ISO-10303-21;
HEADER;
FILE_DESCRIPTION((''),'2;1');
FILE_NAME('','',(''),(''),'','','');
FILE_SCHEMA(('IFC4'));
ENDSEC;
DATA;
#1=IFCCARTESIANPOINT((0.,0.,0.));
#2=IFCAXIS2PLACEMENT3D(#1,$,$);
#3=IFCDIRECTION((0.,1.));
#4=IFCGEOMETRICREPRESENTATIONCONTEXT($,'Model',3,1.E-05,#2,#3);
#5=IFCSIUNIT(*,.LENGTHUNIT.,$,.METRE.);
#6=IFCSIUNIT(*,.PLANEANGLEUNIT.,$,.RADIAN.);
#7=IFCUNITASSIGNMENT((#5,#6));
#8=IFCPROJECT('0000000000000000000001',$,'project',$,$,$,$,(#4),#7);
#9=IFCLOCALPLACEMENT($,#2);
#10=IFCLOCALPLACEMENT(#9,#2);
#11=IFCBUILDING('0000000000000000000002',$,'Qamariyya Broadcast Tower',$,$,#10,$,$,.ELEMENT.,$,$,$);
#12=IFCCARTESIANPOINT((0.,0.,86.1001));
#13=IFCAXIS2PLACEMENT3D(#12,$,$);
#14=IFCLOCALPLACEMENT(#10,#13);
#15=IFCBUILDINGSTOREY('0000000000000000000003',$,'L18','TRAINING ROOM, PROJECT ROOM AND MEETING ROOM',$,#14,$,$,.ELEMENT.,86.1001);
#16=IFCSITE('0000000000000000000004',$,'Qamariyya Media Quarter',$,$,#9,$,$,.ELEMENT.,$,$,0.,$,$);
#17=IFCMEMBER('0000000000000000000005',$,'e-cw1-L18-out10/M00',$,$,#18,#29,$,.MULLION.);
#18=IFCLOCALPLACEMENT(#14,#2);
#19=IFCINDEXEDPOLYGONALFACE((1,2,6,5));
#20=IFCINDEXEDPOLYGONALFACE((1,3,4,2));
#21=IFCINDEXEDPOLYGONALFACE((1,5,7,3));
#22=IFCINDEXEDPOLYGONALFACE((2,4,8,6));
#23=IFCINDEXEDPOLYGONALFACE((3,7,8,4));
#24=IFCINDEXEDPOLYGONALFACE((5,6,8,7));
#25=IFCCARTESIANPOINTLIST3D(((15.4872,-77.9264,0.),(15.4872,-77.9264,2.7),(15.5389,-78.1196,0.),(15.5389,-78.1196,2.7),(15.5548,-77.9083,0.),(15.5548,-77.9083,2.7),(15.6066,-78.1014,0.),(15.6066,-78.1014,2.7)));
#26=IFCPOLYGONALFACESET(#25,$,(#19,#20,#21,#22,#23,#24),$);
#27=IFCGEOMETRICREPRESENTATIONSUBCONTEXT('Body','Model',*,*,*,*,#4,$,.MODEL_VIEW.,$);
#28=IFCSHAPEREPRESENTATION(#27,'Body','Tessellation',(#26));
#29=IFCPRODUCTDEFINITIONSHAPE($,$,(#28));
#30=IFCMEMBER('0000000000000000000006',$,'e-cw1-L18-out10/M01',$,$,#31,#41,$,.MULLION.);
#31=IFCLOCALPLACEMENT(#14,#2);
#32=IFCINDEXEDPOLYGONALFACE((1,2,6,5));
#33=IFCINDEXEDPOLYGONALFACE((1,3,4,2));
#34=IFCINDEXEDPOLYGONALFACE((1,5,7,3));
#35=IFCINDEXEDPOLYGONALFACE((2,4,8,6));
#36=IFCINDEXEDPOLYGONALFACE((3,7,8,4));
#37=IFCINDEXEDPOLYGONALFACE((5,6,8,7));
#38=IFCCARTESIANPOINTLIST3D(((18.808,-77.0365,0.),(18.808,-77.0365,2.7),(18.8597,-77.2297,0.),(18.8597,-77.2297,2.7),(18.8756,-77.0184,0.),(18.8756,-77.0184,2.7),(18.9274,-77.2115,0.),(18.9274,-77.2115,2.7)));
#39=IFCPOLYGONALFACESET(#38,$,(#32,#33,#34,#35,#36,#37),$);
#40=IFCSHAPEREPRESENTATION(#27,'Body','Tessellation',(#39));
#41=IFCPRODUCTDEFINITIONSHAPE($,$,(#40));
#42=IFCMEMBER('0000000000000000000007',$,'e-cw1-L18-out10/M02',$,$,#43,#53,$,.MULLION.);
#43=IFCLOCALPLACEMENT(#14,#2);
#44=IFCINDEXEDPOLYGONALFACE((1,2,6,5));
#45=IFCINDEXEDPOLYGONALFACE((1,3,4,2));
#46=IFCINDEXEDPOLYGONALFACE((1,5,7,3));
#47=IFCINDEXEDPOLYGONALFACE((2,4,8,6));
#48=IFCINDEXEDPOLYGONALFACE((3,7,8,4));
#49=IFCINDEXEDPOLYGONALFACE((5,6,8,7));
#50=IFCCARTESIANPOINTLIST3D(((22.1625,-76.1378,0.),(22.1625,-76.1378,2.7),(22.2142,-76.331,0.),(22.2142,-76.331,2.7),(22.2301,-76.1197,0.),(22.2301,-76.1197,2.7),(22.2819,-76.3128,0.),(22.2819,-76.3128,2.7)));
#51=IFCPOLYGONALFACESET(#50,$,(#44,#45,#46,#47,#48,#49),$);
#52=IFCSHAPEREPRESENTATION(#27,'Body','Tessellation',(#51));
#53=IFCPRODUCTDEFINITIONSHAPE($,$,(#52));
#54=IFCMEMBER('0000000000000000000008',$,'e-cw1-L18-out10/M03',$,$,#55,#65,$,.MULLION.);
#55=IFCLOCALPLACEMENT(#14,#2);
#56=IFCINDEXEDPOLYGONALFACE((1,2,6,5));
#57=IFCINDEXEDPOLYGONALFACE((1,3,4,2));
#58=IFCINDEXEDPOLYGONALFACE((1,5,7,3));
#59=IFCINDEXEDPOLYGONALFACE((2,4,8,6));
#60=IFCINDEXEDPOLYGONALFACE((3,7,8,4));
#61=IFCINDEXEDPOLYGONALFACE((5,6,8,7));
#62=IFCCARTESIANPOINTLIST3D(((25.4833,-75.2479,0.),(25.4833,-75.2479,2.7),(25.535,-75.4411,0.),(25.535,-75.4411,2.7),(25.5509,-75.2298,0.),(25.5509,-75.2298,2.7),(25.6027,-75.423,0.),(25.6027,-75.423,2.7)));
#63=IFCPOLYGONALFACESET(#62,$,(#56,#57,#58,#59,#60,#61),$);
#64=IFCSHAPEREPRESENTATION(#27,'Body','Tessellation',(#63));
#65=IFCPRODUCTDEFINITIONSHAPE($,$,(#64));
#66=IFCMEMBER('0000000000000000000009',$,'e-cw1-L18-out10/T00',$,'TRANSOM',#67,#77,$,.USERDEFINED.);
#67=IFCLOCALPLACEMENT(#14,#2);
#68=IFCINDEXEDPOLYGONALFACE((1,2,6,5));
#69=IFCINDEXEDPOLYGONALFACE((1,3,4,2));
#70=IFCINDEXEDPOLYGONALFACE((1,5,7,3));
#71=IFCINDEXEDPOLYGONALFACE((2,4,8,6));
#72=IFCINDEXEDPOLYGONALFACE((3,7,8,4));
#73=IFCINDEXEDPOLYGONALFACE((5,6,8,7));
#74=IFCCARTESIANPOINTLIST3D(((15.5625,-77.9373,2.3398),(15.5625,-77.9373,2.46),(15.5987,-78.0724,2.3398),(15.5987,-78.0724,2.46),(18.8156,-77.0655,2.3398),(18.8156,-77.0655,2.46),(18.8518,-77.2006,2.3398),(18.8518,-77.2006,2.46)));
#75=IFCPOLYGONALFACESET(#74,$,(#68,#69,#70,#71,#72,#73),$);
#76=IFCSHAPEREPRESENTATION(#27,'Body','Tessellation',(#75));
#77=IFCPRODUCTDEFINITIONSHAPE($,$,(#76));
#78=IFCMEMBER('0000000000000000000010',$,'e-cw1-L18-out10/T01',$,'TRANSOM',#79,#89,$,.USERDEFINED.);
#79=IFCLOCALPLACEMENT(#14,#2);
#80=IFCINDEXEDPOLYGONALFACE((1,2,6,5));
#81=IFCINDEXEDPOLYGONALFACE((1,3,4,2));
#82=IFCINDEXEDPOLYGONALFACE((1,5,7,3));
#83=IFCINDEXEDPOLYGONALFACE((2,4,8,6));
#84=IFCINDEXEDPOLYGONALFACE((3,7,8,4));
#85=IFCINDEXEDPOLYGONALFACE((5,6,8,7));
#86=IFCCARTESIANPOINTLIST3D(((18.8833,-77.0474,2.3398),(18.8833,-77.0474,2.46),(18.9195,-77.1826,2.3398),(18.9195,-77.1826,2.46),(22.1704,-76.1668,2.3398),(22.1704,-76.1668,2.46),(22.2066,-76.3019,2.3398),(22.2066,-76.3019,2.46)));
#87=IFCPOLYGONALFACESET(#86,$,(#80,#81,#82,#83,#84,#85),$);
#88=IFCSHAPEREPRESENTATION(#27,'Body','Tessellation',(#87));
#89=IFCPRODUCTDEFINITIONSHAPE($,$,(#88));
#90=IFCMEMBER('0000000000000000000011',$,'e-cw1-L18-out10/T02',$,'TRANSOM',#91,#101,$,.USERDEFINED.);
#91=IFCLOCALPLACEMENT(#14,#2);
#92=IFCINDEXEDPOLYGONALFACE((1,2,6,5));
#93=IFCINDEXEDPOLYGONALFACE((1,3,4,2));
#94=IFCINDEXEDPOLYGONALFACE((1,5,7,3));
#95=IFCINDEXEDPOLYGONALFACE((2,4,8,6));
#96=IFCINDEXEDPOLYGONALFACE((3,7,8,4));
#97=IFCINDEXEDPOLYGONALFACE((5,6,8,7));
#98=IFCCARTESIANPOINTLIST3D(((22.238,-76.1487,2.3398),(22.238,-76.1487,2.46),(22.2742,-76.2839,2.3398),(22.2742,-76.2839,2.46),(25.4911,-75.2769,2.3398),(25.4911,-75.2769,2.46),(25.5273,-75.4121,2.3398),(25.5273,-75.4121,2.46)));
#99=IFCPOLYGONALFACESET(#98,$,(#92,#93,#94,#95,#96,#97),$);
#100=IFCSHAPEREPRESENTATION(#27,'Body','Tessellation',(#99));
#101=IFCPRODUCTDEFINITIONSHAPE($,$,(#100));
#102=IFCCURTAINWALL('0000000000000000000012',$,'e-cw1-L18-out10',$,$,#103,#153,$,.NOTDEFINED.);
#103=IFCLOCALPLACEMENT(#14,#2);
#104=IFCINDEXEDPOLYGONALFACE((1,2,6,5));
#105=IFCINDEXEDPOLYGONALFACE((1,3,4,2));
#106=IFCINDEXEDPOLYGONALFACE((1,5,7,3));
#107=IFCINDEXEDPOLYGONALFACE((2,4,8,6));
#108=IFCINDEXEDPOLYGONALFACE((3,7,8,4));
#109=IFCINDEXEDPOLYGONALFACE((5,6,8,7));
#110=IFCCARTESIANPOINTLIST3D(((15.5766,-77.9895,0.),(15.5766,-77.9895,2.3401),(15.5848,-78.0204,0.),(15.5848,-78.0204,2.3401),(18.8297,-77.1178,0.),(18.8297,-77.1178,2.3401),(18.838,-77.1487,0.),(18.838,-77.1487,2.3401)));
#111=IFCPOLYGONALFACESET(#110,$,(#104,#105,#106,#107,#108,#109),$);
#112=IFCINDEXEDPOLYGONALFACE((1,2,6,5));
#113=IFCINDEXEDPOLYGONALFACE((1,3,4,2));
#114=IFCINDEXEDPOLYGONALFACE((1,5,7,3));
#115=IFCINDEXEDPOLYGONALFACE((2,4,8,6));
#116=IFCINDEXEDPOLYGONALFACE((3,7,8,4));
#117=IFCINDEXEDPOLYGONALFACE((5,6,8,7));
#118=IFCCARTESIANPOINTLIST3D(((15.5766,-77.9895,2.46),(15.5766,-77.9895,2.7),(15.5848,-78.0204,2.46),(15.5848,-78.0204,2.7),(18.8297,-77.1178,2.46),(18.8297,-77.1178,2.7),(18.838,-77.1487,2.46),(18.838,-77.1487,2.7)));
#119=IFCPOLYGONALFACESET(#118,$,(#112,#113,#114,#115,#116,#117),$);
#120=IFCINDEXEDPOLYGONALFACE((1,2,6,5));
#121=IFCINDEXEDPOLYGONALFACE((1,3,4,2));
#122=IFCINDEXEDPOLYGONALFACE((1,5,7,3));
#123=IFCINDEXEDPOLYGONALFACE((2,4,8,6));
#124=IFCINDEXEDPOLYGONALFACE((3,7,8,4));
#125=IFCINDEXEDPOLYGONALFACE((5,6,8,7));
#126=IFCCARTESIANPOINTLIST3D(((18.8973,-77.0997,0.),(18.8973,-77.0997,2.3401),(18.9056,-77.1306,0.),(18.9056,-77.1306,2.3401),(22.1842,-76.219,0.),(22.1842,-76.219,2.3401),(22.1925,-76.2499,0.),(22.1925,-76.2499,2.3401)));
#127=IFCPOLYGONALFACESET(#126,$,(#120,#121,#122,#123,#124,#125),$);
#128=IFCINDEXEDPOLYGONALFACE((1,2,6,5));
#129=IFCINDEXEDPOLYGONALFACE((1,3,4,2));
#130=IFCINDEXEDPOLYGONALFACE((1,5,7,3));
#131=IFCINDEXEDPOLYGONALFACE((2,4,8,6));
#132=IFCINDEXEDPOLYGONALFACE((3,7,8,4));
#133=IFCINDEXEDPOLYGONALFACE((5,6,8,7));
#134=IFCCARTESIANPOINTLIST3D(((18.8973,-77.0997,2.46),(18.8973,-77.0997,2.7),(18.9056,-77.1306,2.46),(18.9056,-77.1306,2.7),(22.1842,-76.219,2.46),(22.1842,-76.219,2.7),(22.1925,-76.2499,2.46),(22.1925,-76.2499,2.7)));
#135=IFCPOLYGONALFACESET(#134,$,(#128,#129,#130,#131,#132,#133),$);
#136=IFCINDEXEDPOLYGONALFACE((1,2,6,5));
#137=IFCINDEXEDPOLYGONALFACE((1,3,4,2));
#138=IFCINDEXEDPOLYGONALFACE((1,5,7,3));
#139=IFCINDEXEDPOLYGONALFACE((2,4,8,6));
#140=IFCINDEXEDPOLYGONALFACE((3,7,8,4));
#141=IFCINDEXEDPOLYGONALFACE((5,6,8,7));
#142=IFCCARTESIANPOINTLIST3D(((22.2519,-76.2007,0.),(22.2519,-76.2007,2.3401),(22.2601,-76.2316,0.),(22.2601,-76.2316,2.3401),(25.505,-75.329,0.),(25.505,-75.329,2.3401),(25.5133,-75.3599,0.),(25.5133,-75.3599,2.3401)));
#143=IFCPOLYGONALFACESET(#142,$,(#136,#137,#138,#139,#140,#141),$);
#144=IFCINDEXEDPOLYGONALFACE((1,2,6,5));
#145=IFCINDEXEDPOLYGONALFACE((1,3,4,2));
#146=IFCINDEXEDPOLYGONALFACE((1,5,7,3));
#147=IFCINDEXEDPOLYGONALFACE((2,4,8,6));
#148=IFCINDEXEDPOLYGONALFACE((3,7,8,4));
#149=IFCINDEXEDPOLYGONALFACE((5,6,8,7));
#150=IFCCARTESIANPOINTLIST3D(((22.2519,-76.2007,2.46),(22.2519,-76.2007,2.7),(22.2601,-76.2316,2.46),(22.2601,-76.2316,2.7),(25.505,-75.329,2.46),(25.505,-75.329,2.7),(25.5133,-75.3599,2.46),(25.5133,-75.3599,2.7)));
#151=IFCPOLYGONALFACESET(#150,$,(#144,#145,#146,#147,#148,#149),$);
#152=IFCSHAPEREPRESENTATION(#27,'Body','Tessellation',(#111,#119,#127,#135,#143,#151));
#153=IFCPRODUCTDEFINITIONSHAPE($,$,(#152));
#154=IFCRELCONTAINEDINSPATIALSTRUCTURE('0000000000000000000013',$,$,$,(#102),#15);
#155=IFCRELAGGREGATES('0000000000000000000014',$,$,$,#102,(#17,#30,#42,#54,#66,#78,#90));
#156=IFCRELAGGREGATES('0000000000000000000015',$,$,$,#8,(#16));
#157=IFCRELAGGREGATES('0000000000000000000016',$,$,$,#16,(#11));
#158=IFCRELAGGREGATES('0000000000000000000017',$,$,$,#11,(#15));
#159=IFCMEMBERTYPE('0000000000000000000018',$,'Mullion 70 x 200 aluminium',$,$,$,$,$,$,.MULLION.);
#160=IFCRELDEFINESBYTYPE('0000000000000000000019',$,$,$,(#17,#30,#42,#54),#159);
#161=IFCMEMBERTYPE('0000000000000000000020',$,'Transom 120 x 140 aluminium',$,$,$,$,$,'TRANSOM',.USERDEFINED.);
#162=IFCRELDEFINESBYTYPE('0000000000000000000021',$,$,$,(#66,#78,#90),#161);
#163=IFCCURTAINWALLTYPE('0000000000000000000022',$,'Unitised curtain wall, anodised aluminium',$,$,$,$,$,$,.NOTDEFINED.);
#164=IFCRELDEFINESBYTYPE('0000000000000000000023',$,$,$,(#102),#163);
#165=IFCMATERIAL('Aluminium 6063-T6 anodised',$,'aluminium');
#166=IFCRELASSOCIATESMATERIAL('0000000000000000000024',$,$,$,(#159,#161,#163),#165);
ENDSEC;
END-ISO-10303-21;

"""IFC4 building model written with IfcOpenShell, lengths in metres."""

from ifc_helpers import new_model, si_unit, direction, frame, origin, origin_2d, place, context, subcontext, project, spatial, rectangle, extrude, material, material_profile, profile_set, type_object, element, aggregate, save


model = new_model("IFC4")

# Units and contexts
model_context = context("Model", 3, precision=1e-05, world=origin(), true_north=direction((0.0, 1.0)))
body_context = subcontext(model_context, "Body", "Model", "MODEL_VIEW")
ifc_project = project(units=[si_unit("LENGTHUNIT", "METRE"), si_unit("PLANEANGLEUNIT", "RADIAN")], contexts=[model_context])

# Members
ifc_material = material(Name="Aluminium 6063-T6 anodised", Category="aluminium")
ifc_material_profile_1 = material_profile(ifc_material, rectangle(XDim=0.2, YDim=0.0701, at=origin_2d()))
ifc_profile_set_1 = profile_set([ifc_material_profile_1], Name="Aluminium 6063-T6 anodised")
member_type_1 = type_object("IfcMemberType", Name="Mullion 70 x 200 aluminium", PredefinedType="MULLION", material=ifc_profile_set_1)
site_placement = place(None, origin())
building_placement = place(site_placement, origin())
storey_placement = place(building_placement, frame((0.0, 0.0, 86.1001)))
member_1_placement = place(storey_placement, frame((15.5469, -78.0139, 0.0), z_axis=(0.0, 0.0, 1.0), x_axis=(-0.258819, 0.965926, 0.0)))
member_1 = element("IfcMember", 1, at=member_1_placement, type_object=member_type_1, Name="e-cw1-L18-out10/M00", PredefinedType="MULLION", context=body_context, shape_type="SweptSolid", body=[
    extrude(rectangle(XDim=0.2, YDim=0.0701, at=origin_2d()), origin(), (0.0, 0.0, 1.0), 2.7),
])
member_2_placement = place(storey_placement, frame((18.8677, -77.124, 0.0), z_axis=(0.0, 0.0, 1.0), x_axis=(-0.258819, 0.965926, 0.0)))
member_2 = element("IfcMember", 2, at=member_2_placement, type_object=member_type_1, Name="e-cw1-L18-out10/M01", PredefinedType="MULLION", context=body_context, shape_type="SweptSolid", body=[
    extrude(rectangle(XDim=0.2, YDim=0.0701, at=origin_2d()), origin(), (0.0, 0.0, 1.0), 2.7),
])
member_3_placement = place(storey_placement, frame((22.2222, -76.2253, 0.0), z_axis=(0.0, 0.0, 1.0), x_axis=(-0.258819, 0.965926, 0.0)))
member_3 = element("IfcMember", 3, at=member_3_placement, type_object=member_type_1, Name="e-cw1-L18-out10/M02", PredefinedType="MULLION", context=body_context, shape_type="SweptSolid", body=[
    extrude(rectangle(XDim=0.2, YDim=0.0701, at=origin_2d()), origin(), (0.0, 0.0, 1.0), 2.7),
])
member_4_placement = place(storey_placement, frame((25.543, -75.3354, 0.0), z_axis=(0.0, 0.0, 1.0), x_axis=(-0.258819, 0.965926, 0.0)))
member_4 = element("IfcMember", 4, at=member_4_placement, type_object=member_type_1, Name="e-cw1-L18-out10/M03", PredefinedType="MULLION", context=body_context, shape_type="SweptSolid", body=[
    extrude(rectangle(XDim=0.2, YDim=0.0701, at=origin_2d()), origin(), (0.0, 0.0, 1.0), 2.7),
])
ifc_material_profile_2 = material_profile(ifc_material, rectangle(XDim=0.1399, YDim=0.1201, at=origin_2d()))
ifc_profile_set_2 = profile_set([ifc_material_profile_2], Name="Aluminium 6063-T6 anodised")
member_type_2 = type_object("IfcMemberType", Name="Transom 120 x 140 aluminium", ElementType="TRANSOM", PredefinedType="USERDEFINED", material=ifc_profile_set_2)
member_5_placement = place(storey_placement, frame((15.5806, -78.0049, 2.3999), z_axis=(0.965915, 0.258858, 0.0), x_axis=(-0.258858, 0.965915, 0.0)))
member_5 = element("IfcMember", 5, at=member_5_placement, type_object=member_type_2, Name="e-cw1-L18-out10/T00", ObjectType="TRANSOM", PredefinedType="USERDEFINED", context=body_context, shape_type="SweptSolid", body=[
    extrude(rectangle(XDim=0.1399, YDim=0.1201, at=origin_2d()), origin(), (0.0, 0.0, 1.0), 3.3679),
])
member_6_placement = place(storey_placement, frame((18.9014, -77.115, 2.3999), z_axis=(0.965938, 0.258774, 0.0), x_axis=(-0.258774, 0.965938, 0.0)))
member_6 = element("IfcMember", 6, at=member_6_placement, type_object=member_type_2, Name="e-cw1-L18-out10/T01", ObjectType="TRANSOM", PredefinedType="USERDEFINED", context=body_context, shape_type="SweptSolid", body=[
    extrude(rectangle(XDim=0.1399, YDim=0.1201, at=origin_2d()), origin(), (0.0, 0.0, 1.0), 3.4031),
])
member_7_placement = place(storey_placement, frame((22.2561, -76.2163, 2.3999), z_axis=(0.965915, 0.258858, 0.0), x_axis=(-0.258858, 0.965915, 0.0)))
member_7 = element("IfcMember", 7, at=member_7_placement, type_object=member_type_2, Name="e-cw1-L18-out10/T02", ObjectType="TRANSOM", PredefinedType="USERDEFINED", context=body_context, shape_type="SweptSolid", body=[
    extrude(rectangle(XDim=0.1399, YDim=0.1201, at=origin_2d()), origin(), (0.0, 0.0, 1.0), 3.3679),
])

# Site, building, storey
site = spatial("IfcSite", under=ifc_project, at=site_placement, Name="Qamariyya Media Quarter", CompositionType="ELEMENT", RefElevation=0.0)
building = spatial("IfcBuilding", under=site, at=building_placement, Name="Qamariyya Broadcast Tower", CompositionType="ELEMENT")
storey = spatial("IfcBuildingStorey", under=building, at=storey_placement, Name="L18", Description="TRAINING ROOM, PROJECT ROOM AND MEETING ROOM", CompositionType="ELEMENT", Elevation=86.1001)

# Curtain wall
curtain_wall_type = type_object("IfcCurtainWallType", Name="Unitised curtain wall, anodised aluminium", PredefinedType="NOTDEFINED", material=ifc_material)
curtain_wall_1_placement = place(storey_placement, origin())
curtain_wall_1 = element("IfcCurtainWall", 8, at=curtain_wall_1_placement, inside=storey, type_object=curtain_wall_type, Name="e-cw1-L18-out10", PredefinedType="NOTDEFINED", context=body_context, shape_type="SweptSolid", body=[
    extrude(rectangle(XDim=3.3679, YDim=0.032, at=origin_2d()), frame((17.2073, -77.5691, 0.0), x_axis=(0.965925, 0.258822, 0.0)), (0.0, 0.0, 1.0), 2.3401),
    extrude(rectangle(XDim=3.3679, YDim=0.032, at=origin_2d()), frame((17.2073, -77.5691, 2.46), x_axis=(0.965925, 0.258822, 0.0)), (0.0, 0.0, 1.0), 0.24),
    extrude(rectangle(XDim=3.4028, YDim=0.032, at=origin_2d()), frame((20.5449, -76.6748, 0.0), x_axis=(0.965925, 0.258822, 0.0)), (0.0, 0.0, 1.0), 2.3401),
    extrude(rectangle(XDim=3.4028, YDim=0.032, at=origin_2d()), frame((20.5449, -76.6748, 2.46), x_axis=(0.965925, 0.258822, 0.0)), (0.0, 0.0, 1.0), 0.24),
    extrude(rectangle(XDim=3.3679, YDim=0.032, at=origin_2d()), frame((23.8826, -75.7803, 0.0), x_axis=(0.965925, 0.258822, 0.0)), (0.0, 0.0, 1.0), 2.3401),
    extrude(rectangle(XDim=3.3679, YDim=0.032, at=origin_2d()), frame((23.8826, -75.7803, 2.46), x_axis=(0.965925, 0.258822, 0.0)), (0.0, 0.0, 1.0), 0.24),
])
aggregate(curtain_wall_1, [member_1, member_2, member_3, member_4, member_5, member_6, member_7])

save(model, "model.ifc")
